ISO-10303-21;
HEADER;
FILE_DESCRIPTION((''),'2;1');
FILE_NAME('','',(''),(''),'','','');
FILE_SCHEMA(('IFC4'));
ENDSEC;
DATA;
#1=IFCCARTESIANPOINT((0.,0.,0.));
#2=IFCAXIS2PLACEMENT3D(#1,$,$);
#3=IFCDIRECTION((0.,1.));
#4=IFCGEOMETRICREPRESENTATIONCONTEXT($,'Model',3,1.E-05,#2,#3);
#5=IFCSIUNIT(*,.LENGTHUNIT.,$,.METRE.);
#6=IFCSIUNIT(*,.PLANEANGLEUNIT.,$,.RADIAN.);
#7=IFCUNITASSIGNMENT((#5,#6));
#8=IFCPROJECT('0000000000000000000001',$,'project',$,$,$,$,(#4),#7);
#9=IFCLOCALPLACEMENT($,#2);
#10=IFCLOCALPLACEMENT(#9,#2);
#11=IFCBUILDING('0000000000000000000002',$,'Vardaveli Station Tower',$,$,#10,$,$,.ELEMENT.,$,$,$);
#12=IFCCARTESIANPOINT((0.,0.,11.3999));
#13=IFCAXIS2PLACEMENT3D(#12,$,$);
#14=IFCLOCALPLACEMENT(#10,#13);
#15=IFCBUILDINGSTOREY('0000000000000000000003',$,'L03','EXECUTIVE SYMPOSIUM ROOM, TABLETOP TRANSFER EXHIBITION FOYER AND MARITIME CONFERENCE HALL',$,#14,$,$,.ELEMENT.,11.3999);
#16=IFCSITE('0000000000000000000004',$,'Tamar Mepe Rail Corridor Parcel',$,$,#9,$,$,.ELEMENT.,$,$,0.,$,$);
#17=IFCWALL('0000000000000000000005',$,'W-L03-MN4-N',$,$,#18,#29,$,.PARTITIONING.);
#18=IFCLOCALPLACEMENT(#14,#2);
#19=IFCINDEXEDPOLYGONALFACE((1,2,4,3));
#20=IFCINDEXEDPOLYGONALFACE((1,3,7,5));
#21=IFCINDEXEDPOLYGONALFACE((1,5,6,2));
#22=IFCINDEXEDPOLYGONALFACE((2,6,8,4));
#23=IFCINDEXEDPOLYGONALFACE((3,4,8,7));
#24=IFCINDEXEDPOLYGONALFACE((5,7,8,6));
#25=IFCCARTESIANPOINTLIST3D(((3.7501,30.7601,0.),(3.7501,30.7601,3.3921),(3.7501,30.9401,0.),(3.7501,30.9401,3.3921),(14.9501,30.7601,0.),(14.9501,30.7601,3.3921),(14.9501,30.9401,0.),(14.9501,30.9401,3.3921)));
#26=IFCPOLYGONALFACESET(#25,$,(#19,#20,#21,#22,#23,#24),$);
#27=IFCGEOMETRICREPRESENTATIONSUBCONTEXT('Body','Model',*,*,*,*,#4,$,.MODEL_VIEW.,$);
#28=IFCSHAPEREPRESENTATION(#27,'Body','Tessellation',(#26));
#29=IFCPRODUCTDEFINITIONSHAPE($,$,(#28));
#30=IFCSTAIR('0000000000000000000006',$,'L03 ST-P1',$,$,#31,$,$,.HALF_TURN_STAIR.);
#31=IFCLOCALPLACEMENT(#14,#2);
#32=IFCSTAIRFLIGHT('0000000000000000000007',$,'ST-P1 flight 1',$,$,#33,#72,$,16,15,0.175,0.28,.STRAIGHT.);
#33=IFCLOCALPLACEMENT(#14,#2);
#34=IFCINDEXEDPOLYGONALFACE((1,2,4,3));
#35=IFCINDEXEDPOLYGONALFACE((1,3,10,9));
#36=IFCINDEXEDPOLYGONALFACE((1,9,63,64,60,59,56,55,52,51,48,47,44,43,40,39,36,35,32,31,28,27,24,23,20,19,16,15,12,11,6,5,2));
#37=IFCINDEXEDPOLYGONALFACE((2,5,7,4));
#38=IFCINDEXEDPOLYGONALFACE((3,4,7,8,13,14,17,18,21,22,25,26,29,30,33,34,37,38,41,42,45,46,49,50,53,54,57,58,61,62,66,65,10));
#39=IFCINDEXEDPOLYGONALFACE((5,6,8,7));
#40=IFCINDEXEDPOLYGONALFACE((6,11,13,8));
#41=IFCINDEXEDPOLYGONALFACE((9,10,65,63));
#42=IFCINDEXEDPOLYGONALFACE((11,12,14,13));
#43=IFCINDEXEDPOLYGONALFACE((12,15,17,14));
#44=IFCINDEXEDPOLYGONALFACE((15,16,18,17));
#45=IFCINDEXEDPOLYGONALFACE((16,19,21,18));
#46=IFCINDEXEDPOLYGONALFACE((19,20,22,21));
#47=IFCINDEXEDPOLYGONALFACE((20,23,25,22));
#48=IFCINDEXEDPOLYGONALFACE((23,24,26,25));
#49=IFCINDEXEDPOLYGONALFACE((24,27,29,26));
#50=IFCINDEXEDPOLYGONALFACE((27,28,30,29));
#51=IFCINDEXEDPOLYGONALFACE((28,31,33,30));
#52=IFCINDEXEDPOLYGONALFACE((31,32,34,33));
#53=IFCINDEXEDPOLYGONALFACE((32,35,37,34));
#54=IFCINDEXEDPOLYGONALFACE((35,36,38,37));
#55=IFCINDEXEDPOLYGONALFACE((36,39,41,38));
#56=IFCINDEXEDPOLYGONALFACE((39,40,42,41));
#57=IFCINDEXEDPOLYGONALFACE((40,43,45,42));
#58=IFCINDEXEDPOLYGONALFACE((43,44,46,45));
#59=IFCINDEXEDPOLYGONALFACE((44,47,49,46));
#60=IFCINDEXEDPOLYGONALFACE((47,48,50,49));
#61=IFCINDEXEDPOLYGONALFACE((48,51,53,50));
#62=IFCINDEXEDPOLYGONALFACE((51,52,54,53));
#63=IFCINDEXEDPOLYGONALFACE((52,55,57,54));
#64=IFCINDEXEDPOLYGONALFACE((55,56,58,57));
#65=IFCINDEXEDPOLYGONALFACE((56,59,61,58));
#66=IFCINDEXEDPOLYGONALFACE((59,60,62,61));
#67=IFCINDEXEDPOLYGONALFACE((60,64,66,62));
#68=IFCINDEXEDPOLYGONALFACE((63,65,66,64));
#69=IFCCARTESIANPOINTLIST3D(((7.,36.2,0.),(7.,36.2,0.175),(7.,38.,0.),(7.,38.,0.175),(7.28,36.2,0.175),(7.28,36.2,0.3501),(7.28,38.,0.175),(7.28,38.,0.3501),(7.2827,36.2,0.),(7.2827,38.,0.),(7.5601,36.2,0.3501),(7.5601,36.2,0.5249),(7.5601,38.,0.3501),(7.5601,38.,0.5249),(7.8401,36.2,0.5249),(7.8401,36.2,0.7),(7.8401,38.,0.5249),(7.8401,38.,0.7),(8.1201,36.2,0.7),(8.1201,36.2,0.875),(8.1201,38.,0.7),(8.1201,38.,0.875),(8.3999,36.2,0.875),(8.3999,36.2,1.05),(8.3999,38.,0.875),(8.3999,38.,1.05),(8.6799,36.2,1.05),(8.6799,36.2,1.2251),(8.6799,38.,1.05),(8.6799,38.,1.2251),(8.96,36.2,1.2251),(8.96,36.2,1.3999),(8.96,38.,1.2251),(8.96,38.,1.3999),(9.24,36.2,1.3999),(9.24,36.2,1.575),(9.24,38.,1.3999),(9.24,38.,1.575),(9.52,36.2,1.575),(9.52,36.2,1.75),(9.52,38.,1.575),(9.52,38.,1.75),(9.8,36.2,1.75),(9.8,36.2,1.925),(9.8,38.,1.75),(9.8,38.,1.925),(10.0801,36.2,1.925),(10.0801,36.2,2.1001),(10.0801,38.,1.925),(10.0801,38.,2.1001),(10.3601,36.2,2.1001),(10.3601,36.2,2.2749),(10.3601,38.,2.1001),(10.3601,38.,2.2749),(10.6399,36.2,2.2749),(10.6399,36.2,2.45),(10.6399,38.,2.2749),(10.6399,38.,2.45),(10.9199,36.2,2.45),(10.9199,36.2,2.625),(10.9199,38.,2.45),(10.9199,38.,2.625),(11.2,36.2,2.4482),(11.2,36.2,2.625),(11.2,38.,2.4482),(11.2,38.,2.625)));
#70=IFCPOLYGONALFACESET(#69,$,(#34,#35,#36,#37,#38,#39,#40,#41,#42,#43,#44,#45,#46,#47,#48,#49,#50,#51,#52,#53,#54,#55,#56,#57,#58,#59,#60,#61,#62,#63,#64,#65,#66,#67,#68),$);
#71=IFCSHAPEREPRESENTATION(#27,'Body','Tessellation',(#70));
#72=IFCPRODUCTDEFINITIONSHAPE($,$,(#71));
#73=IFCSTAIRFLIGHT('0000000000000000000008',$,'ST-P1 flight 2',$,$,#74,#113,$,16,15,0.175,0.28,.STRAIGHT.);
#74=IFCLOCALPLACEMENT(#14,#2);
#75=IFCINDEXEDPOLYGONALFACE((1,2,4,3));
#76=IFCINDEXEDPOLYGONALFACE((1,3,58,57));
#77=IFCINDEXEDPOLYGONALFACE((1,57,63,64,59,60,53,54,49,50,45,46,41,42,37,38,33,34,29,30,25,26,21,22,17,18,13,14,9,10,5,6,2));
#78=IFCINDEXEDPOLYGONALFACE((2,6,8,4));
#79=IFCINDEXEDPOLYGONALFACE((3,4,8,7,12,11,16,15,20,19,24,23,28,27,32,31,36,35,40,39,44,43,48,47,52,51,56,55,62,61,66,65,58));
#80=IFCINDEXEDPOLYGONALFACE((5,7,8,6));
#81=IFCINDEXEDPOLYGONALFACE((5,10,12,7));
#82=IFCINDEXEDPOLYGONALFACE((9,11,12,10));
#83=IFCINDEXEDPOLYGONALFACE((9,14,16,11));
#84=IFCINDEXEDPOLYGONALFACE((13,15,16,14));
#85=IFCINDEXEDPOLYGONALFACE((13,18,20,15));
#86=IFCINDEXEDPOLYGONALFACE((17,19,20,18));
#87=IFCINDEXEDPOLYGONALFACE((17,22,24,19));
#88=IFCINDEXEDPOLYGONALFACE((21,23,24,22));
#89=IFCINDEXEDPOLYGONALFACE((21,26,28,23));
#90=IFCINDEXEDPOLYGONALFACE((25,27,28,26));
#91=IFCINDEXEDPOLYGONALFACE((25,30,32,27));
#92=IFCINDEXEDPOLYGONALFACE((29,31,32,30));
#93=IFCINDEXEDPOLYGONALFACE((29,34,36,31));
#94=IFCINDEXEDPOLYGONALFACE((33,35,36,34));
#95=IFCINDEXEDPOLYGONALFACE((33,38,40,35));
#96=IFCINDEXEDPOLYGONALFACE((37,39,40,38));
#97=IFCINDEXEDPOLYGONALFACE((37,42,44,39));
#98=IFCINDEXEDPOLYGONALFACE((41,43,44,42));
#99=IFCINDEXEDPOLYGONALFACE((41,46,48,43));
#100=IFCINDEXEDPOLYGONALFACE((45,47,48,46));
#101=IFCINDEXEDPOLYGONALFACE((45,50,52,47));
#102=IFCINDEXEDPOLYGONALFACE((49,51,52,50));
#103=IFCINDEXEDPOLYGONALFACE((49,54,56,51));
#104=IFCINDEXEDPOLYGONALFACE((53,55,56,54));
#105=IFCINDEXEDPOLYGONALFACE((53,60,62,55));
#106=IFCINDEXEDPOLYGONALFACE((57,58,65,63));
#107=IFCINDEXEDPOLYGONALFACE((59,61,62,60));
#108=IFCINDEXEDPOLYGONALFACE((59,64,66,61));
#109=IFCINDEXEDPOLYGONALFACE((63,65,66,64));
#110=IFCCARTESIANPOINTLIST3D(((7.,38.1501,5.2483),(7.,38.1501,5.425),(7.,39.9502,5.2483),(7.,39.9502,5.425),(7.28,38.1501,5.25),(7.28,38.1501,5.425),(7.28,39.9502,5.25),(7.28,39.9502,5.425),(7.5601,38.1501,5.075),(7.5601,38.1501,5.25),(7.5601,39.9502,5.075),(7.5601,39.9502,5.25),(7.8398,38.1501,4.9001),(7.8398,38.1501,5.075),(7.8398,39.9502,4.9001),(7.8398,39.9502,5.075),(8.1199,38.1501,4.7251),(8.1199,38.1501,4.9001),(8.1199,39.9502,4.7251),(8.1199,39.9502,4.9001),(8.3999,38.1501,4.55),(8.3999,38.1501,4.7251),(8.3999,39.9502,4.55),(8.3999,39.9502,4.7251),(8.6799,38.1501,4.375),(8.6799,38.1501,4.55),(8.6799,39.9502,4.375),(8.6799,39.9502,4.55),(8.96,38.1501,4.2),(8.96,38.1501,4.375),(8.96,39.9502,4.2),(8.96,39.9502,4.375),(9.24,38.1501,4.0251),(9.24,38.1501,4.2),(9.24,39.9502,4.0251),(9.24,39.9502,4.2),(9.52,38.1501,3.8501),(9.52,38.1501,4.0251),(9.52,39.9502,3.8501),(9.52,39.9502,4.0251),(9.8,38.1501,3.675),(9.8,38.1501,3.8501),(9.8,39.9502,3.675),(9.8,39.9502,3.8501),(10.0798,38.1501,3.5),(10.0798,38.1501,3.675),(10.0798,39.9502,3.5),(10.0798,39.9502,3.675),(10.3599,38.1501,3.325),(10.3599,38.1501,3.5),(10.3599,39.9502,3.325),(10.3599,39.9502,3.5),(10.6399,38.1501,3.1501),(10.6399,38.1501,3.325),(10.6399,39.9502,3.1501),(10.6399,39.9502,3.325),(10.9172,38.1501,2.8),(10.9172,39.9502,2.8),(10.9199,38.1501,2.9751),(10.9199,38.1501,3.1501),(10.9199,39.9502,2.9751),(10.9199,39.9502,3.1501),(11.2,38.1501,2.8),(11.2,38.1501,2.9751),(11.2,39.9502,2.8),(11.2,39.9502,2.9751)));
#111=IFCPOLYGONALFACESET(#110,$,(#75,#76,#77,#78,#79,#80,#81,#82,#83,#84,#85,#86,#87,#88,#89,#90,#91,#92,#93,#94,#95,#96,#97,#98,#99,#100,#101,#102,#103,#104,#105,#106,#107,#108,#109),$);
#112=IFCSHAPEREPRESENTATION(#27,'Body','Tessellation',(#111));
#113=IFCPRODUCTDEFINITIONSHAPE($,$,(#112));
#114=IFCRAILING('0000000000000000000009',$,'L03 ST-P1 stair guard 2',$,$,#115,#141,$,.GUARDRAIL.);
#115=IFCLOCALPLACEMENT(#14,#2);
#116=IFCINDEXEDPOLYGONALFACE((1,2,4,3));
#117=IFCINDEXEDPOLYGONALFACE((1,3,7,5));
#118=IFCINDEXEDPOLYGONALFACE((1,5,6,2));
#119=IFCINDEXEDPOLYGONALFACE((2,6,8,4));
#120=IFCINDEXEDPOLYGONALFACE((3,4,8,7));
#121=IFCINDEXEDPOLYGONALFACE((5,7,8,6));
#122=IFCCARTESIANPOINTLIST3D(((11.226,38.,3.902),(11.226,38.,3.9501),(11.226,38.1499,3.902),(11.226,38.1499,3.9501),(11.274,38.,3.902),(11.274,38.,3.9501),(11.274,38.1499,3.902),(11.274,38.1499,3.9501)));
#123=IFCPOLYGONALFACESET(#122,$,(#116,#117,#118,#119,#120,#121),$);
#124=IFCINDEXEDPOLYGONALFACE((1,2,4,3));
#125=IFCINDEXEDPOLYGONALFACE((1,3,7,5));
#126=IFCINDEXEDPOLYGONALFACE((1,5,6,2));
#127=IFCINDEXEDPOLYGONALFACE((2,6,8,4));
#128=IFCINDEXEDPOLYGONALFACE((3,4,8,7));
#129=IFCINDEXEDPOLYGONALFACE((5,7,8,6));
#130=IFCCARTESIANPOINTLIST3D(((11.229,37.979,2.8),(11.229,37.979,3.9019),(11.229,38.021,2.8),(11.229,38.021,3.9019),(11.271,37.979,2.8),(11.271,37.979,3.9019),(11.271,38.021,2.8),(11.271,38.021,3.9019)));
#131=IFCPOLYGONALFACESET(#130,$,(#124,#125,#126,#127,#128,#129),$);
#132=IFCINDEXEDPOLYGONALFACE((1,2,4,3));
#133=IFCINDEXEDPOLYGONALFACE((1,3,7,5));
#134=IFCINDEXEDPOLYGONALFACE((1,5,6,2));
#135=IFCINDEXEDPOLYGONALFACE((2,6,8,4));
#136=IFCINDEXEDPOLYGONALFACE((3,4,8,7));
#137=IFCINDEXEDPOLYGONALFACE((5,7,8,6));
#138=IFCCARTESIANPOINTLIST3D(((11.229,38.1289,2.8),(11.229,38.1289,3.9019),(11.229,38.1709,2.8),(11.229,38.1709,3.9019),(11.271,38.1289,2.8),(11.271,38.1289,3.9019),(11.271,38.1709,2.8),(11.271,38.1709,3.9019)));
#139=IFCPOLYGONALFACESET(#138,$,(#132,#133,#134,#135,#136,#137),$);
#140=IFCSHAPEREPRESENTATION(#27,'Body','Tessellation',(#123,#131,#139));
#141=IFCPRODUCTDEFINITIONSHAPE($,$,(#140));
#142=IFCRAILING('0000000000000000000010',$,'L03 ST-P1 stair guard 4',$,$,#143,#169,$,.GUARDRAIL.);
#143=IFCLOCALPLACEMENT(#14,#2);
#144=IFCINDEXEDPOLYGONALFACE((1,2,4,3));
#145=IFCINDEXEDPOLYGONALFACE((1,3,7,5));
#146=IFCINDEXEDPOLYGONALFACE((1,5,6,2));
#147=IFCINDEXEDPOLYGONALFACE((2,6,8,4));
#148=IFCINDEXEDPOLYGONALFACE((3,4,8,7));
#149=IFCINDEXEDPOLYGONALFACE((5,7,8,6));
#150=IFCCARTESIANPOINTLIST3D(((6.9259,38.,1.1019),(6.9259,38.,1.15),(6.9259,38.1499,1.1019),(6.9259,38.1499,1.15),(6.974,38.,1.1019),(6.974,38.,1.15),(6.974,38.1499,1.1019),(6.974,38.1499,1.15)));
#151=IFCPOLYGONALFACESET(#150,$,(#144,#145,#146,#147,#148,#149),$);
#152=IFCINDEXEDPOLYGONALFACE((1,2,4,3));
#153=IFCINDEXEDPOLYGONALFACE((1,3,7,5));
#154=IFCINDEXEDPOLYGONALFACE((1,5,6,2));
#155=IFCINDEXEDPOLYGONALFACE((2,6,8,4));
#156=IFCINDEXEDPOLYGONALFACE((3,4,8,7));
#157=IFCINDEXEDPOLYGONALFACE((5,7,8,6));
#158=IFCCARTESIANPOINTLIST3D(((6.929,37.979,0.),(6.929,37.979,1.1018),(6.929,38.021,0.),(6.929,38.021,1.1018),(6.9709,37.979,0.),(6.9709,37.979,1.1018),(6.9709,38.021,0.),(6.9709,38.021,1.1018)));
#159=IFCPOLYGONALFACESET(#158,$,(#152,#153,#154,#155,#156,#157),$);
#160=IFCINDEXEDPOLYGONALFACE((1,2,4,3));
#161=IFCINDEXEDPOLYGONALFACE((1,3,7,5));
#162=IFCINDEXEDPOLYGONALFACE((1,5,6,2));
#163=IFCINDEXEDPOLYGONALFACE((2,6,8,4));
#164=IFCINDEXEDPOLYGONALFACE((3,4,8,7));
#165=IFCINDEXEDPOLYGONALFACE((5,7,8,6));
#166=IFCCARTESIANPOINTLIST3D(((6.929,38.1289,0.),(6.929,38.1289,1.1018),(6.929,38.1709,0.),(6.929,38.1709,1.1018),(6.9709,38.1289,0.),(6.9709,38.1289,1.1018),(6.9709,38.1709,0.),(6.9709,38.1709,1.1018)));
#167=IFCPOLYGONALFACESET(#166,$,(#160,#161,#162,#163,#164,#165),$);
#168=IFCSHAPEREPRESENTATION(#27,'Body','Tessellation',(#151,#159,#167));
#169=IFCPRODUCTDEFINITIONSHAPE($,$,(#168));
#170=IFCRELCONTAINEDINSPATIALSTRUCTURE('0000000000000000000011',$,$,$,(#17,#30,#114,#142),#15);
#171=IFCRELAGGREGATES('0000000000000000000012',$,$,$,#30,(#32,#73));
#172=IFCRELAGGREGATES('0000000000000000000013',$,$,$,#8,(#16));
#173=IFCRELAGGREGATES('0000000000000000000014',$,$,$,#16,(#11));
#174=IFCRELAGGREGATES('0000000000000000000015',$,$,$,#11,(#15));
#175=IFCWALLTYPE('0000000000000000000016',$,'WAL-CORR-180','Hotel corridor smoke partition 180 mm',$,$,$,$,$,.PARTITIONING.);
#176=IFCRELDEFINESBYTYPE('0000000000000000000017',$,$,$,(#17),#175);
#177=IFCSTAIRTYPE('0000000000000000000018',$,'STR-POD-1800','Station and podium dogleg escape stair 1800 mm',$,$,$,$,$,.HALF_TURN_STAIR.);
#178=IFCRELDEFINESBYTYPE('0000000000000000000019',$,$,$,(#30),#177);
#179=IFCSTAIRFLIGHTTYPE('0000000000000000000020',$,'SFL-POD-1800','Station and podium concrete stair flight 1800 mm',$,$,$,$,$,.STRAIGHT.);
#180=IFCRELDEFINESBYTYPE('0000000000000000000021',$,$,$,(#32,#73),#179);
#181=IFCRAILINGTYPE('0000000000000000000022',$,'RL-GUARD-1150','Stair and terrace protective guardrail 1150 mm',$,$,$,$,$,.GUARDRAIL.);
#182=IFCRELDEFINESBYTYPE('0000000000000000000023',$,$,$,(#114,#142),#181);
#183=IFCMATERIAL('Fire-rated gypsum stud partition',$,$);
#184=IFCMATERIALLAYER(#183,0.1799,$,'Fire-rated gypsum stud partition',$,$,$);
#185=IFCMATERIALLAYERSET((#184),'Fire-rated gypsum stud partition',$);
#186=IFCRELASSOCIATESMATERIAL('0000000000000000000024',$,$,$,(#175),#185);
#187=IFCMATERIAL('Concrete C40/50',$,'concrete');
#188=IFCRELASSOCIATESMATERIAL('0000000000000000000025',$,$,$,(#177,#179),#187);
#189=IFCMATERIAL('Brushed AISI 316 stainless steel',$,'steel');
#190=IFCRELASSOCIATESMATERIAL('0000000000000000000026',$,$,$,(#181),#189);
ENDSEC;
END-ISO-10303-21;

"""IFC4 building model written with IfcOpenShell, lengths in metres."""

from ifc_helpers import new_model, si_unit, direction, frame, frame_2d, origin, origin_2d, place, context, subcontext, project, spatial, polyline, rectangle, outline, extrude, source, transform, mapped, material, layer, layer_set, type_object, element, aggregate, save


model = new_model("IFC4")

# Units and contexts
model_context = context("Model", 3, precision=1e-05, world=origin(), true_north=direction((0.0, 1.0)))
body_context = subcontext(model_context, "Body", "Model", "MODEL_VIEW")
ifc_project = project(units=[si_unit("LENGTHUNIT", "METRE"), si_unit("PLANEANGLEUNIT", "RADIAN")], contexts=[model_context])

# Site, building, storey
site_placement = place(None, origin())
site = spatial("IfcSite", under=ifc_project, at=site_placement, Name="Tamar Mepe Rail Corridor Parcel", CompositionType="ELEMENT", RefElevation=0.0)
building_placement = place(site_placement, origin())
building = spatial("IfcBuilding", under=site, at=building_placement, Name="Vardaveli Station Tower", CompositionType="ELEMENT")
storey_placement = place(building_placement, frame((0.0, 0.0, 11.3999)))
storey = spatial("IfcBuildingStorey", under=building, at=storey_placement, Name="L03", Description="EXECUTIVE SYMPOSIUM ROOM, TABLETOP TRANSFER EXHIBITION FOYER AND MARITIME CONFERENCE HALL", CompositionType="ELEMENT", Elevation=11.3999)

# Shared definitions
ifc_material_1 = material(Name="Concrete C40/50", Category="concrete")

# Wall
ifc_material_2 = material(Name="Fire-rated gypsum stud partition")
ifc_layer_1 = layer(ifc_material_2, 0.1799, Name="Fire-rated gypsum stud partition")
ifc_layer_set_1 = layer_set([ifc_layer_1], Name="Fire-rated gypsum stud partition")
wall_type_1 = type_object("IfcWallType", Name="WAL-CORR-180", Description="Hotel corridor smoke partition 180 mm", PredefinedType="PARTITIONING", material=ifc_layer_set_1)
shared_shape_1 = source(origin(), body_context, "Body", "SweptSolid", [
    extrude(rectangle(XDim=11.2, YDim=0.1799, at=frame_2d((5.6001, 0.0))), origin(), (0.0, 0.0, 1.0), 3.3921),
])
wall_1_placement = place(storey_placement, frame((3.75, 30.8501, 0.0), z_axis=(0.0, 0.0, 1.0), x_axis=(1.0, 0.0, 0.0)))
element("IfcWall", 1, at=wall_1_placement, inside=storey, type_object=wall_type_1, Name="W-L03-MN4-N", PredefinedType="PARTITIONING", context=body_context, shape_type="MappedRepresentation", body=[
    mapped(shared_shape_1, transform((0.0, 0.0, 0.0), scale=1.0)),
])

# Stair, stair flights
stair_type = type_object("IfcStairType", Name="STR-POD-1800", Description="Station and podium dogleg escape stair 1800 mm", PredefinedType="HALF_TURN_STAIR", material=ifc_material_1)
stair_placement = place(storey_placement, origin())
stair = element("IfcStair", 2, at=stair_placement, inside=storey, type_object=stair_type, Name="L03 ST-P1", PredefinedType="HALF_TURN_STAIR")
stair_flight_type = type_object("IfcStairFlightType", Name="SFL-POD-1800", Description="Station and podium concrete stair flight 1800 mm", PredefinedType="STRAIGHT", material=ifc_material_1)
shared_shape_2 = source(origin(), body_context, "Body", "SweptSolid", [
    extrude(outline(polyline([(0.0, 0.0), (0.0, 0.175), (0.28, 0.175), (0.28, 0.3501), (0.5601, 0.3501), (0.5601, 0.5249), (0.8401, 0.5249), (0.8401, 0.7), (1.1201, 0.7), (1.1201, 0.875), (1.3999, 0.875), (1.3999, 1.05), (1.6799, 1.05), (1.6799, 1.2251), (1.96, 1.2251), (1.96, 1.3999), (2.24, 1.3999), (2.24, 1.575), (2.52, 1.575), (2.52, 1.75), (2.8, 1.75), (2.8, 1.925), (3.0801, 1.925), (3.0801, 2.1001), (3.3601, 2.1001), (3.3601, 2.2749), (3.6399, 2.2749), (3.6399, 2.45), (3.9199, 2.45), (3.9199, 2.625), (4.2, 2.625), (4.2, 2.8), (4.2, 2.4482), (0.2827, 0.0), (0.0, 0.0)])), frame((0.0, 0.8999, 0.0), z_axis=(0.0, -1.0, 0.0), x_axis=(1.0, 0.0, 0.0)), (0.0, 0.0, 1.0), 1.8),
])
stair_flight_1_placement = place(storey_placement, frame((7.0, 37.1001, 0.0), z_axis=(0.0, 0.0, 1.0), x_axis=(1.0, 0.0, 0.0)))
stair_flight_1 = element("IfcStairFlight", 3, at=stair_flight_1_placement, type_object=stair_flight_type, Name="ST-P1 flight 1", NumberOfRisers=16, NumberOfTreads=15, PredefinedType="STRAIGHT", RiserHeight=0.175, TreadLength=0.28, context=body_context, shape_type="MappedRepresentation", body=[
    mapped(shared_shape_2, transform((0.0, 0.0, 0.0), scale=1.0)),
])
stair_flight_2_placement = place(storey_placement, frame((11.2, 39.05, 2.8), z_axis=(0.0, 0.0, 1.0), x_axis=(-1.0, 0.0, 0.0)))
stair_flight_2 = element("IfcStairFlight", 4, at=stair_flight_2_placement, type_object=stair_flight_type, Name="ST-P1 flight 2", NumberOfRisers=16, NumberOfTreads=15, PredefinedType="STRAIGHT", RiserHeight=0.175, TreadLength=0.28, context=body_context, shape_type="MappedRepresentation", body=[
    mapped(shared_shape_2, transform((0.0, 0.0, 0.0), scale=1.0)),
])
aggregate(stair, [stair_flight_1, stair_flight_2])

# Railings
ifc_material_3 = material(Name="Brushed AISI 316 stainless steel", Category="steel")
railing_type_1 = type_object("IfcRailingType", Name="RL-GUARD-1150", Description="Stair and terrace protective guardrail 1150 mm", PredefinedType="GUARDRAIL", material=ifc_material_3)
shared_shape_3 = source(origin(), body_context, "Body", "SweptSolid", [
    extrude(rectangle(XDim=0.0481, YDim=0.0481, at=origin_2d()), frame((0.0, 0.0, 1.126), z_axis=(0.0, 1.0, 0.0), x_axis=(-1.0, 0.0, 0.0)), (0.0, 0.0, 1.0), 0.1499),
    extrude(rectangle(XDim=0.042, YDim=0.042, at=origin_2d()), origin(), (0.0, 0.0, 1.0), 1.1018),
    extrude(rectangle(XDim=0.042, YDim=0.042, at=origin_2d()), frame((0.0, 0.1499, 0.0)), (0.0, 0.0, 1.0), 1.1018),
])
for number, where, name in (
    (5, (11.25, 38.0, 2.8), "L03 ST-P1 stair guard 2"),
    (6, (6.95, 38.0, 0.0), "L03 ST-P1 stair guard 4"),
):
    element("IfcRailing", number, at=place(storey_placement, frame(where)), inside=storey, type_object=railing_type_1, Name=name, PredefinedType="GUARDRAIL", context=body_context, shape_type="MappedRepresentation", body=[
        mapped(shared_shape_3, transform((0.0, 0.0, 0.0), scale=1.0)),
    ])

save(model, "model.ifc")
